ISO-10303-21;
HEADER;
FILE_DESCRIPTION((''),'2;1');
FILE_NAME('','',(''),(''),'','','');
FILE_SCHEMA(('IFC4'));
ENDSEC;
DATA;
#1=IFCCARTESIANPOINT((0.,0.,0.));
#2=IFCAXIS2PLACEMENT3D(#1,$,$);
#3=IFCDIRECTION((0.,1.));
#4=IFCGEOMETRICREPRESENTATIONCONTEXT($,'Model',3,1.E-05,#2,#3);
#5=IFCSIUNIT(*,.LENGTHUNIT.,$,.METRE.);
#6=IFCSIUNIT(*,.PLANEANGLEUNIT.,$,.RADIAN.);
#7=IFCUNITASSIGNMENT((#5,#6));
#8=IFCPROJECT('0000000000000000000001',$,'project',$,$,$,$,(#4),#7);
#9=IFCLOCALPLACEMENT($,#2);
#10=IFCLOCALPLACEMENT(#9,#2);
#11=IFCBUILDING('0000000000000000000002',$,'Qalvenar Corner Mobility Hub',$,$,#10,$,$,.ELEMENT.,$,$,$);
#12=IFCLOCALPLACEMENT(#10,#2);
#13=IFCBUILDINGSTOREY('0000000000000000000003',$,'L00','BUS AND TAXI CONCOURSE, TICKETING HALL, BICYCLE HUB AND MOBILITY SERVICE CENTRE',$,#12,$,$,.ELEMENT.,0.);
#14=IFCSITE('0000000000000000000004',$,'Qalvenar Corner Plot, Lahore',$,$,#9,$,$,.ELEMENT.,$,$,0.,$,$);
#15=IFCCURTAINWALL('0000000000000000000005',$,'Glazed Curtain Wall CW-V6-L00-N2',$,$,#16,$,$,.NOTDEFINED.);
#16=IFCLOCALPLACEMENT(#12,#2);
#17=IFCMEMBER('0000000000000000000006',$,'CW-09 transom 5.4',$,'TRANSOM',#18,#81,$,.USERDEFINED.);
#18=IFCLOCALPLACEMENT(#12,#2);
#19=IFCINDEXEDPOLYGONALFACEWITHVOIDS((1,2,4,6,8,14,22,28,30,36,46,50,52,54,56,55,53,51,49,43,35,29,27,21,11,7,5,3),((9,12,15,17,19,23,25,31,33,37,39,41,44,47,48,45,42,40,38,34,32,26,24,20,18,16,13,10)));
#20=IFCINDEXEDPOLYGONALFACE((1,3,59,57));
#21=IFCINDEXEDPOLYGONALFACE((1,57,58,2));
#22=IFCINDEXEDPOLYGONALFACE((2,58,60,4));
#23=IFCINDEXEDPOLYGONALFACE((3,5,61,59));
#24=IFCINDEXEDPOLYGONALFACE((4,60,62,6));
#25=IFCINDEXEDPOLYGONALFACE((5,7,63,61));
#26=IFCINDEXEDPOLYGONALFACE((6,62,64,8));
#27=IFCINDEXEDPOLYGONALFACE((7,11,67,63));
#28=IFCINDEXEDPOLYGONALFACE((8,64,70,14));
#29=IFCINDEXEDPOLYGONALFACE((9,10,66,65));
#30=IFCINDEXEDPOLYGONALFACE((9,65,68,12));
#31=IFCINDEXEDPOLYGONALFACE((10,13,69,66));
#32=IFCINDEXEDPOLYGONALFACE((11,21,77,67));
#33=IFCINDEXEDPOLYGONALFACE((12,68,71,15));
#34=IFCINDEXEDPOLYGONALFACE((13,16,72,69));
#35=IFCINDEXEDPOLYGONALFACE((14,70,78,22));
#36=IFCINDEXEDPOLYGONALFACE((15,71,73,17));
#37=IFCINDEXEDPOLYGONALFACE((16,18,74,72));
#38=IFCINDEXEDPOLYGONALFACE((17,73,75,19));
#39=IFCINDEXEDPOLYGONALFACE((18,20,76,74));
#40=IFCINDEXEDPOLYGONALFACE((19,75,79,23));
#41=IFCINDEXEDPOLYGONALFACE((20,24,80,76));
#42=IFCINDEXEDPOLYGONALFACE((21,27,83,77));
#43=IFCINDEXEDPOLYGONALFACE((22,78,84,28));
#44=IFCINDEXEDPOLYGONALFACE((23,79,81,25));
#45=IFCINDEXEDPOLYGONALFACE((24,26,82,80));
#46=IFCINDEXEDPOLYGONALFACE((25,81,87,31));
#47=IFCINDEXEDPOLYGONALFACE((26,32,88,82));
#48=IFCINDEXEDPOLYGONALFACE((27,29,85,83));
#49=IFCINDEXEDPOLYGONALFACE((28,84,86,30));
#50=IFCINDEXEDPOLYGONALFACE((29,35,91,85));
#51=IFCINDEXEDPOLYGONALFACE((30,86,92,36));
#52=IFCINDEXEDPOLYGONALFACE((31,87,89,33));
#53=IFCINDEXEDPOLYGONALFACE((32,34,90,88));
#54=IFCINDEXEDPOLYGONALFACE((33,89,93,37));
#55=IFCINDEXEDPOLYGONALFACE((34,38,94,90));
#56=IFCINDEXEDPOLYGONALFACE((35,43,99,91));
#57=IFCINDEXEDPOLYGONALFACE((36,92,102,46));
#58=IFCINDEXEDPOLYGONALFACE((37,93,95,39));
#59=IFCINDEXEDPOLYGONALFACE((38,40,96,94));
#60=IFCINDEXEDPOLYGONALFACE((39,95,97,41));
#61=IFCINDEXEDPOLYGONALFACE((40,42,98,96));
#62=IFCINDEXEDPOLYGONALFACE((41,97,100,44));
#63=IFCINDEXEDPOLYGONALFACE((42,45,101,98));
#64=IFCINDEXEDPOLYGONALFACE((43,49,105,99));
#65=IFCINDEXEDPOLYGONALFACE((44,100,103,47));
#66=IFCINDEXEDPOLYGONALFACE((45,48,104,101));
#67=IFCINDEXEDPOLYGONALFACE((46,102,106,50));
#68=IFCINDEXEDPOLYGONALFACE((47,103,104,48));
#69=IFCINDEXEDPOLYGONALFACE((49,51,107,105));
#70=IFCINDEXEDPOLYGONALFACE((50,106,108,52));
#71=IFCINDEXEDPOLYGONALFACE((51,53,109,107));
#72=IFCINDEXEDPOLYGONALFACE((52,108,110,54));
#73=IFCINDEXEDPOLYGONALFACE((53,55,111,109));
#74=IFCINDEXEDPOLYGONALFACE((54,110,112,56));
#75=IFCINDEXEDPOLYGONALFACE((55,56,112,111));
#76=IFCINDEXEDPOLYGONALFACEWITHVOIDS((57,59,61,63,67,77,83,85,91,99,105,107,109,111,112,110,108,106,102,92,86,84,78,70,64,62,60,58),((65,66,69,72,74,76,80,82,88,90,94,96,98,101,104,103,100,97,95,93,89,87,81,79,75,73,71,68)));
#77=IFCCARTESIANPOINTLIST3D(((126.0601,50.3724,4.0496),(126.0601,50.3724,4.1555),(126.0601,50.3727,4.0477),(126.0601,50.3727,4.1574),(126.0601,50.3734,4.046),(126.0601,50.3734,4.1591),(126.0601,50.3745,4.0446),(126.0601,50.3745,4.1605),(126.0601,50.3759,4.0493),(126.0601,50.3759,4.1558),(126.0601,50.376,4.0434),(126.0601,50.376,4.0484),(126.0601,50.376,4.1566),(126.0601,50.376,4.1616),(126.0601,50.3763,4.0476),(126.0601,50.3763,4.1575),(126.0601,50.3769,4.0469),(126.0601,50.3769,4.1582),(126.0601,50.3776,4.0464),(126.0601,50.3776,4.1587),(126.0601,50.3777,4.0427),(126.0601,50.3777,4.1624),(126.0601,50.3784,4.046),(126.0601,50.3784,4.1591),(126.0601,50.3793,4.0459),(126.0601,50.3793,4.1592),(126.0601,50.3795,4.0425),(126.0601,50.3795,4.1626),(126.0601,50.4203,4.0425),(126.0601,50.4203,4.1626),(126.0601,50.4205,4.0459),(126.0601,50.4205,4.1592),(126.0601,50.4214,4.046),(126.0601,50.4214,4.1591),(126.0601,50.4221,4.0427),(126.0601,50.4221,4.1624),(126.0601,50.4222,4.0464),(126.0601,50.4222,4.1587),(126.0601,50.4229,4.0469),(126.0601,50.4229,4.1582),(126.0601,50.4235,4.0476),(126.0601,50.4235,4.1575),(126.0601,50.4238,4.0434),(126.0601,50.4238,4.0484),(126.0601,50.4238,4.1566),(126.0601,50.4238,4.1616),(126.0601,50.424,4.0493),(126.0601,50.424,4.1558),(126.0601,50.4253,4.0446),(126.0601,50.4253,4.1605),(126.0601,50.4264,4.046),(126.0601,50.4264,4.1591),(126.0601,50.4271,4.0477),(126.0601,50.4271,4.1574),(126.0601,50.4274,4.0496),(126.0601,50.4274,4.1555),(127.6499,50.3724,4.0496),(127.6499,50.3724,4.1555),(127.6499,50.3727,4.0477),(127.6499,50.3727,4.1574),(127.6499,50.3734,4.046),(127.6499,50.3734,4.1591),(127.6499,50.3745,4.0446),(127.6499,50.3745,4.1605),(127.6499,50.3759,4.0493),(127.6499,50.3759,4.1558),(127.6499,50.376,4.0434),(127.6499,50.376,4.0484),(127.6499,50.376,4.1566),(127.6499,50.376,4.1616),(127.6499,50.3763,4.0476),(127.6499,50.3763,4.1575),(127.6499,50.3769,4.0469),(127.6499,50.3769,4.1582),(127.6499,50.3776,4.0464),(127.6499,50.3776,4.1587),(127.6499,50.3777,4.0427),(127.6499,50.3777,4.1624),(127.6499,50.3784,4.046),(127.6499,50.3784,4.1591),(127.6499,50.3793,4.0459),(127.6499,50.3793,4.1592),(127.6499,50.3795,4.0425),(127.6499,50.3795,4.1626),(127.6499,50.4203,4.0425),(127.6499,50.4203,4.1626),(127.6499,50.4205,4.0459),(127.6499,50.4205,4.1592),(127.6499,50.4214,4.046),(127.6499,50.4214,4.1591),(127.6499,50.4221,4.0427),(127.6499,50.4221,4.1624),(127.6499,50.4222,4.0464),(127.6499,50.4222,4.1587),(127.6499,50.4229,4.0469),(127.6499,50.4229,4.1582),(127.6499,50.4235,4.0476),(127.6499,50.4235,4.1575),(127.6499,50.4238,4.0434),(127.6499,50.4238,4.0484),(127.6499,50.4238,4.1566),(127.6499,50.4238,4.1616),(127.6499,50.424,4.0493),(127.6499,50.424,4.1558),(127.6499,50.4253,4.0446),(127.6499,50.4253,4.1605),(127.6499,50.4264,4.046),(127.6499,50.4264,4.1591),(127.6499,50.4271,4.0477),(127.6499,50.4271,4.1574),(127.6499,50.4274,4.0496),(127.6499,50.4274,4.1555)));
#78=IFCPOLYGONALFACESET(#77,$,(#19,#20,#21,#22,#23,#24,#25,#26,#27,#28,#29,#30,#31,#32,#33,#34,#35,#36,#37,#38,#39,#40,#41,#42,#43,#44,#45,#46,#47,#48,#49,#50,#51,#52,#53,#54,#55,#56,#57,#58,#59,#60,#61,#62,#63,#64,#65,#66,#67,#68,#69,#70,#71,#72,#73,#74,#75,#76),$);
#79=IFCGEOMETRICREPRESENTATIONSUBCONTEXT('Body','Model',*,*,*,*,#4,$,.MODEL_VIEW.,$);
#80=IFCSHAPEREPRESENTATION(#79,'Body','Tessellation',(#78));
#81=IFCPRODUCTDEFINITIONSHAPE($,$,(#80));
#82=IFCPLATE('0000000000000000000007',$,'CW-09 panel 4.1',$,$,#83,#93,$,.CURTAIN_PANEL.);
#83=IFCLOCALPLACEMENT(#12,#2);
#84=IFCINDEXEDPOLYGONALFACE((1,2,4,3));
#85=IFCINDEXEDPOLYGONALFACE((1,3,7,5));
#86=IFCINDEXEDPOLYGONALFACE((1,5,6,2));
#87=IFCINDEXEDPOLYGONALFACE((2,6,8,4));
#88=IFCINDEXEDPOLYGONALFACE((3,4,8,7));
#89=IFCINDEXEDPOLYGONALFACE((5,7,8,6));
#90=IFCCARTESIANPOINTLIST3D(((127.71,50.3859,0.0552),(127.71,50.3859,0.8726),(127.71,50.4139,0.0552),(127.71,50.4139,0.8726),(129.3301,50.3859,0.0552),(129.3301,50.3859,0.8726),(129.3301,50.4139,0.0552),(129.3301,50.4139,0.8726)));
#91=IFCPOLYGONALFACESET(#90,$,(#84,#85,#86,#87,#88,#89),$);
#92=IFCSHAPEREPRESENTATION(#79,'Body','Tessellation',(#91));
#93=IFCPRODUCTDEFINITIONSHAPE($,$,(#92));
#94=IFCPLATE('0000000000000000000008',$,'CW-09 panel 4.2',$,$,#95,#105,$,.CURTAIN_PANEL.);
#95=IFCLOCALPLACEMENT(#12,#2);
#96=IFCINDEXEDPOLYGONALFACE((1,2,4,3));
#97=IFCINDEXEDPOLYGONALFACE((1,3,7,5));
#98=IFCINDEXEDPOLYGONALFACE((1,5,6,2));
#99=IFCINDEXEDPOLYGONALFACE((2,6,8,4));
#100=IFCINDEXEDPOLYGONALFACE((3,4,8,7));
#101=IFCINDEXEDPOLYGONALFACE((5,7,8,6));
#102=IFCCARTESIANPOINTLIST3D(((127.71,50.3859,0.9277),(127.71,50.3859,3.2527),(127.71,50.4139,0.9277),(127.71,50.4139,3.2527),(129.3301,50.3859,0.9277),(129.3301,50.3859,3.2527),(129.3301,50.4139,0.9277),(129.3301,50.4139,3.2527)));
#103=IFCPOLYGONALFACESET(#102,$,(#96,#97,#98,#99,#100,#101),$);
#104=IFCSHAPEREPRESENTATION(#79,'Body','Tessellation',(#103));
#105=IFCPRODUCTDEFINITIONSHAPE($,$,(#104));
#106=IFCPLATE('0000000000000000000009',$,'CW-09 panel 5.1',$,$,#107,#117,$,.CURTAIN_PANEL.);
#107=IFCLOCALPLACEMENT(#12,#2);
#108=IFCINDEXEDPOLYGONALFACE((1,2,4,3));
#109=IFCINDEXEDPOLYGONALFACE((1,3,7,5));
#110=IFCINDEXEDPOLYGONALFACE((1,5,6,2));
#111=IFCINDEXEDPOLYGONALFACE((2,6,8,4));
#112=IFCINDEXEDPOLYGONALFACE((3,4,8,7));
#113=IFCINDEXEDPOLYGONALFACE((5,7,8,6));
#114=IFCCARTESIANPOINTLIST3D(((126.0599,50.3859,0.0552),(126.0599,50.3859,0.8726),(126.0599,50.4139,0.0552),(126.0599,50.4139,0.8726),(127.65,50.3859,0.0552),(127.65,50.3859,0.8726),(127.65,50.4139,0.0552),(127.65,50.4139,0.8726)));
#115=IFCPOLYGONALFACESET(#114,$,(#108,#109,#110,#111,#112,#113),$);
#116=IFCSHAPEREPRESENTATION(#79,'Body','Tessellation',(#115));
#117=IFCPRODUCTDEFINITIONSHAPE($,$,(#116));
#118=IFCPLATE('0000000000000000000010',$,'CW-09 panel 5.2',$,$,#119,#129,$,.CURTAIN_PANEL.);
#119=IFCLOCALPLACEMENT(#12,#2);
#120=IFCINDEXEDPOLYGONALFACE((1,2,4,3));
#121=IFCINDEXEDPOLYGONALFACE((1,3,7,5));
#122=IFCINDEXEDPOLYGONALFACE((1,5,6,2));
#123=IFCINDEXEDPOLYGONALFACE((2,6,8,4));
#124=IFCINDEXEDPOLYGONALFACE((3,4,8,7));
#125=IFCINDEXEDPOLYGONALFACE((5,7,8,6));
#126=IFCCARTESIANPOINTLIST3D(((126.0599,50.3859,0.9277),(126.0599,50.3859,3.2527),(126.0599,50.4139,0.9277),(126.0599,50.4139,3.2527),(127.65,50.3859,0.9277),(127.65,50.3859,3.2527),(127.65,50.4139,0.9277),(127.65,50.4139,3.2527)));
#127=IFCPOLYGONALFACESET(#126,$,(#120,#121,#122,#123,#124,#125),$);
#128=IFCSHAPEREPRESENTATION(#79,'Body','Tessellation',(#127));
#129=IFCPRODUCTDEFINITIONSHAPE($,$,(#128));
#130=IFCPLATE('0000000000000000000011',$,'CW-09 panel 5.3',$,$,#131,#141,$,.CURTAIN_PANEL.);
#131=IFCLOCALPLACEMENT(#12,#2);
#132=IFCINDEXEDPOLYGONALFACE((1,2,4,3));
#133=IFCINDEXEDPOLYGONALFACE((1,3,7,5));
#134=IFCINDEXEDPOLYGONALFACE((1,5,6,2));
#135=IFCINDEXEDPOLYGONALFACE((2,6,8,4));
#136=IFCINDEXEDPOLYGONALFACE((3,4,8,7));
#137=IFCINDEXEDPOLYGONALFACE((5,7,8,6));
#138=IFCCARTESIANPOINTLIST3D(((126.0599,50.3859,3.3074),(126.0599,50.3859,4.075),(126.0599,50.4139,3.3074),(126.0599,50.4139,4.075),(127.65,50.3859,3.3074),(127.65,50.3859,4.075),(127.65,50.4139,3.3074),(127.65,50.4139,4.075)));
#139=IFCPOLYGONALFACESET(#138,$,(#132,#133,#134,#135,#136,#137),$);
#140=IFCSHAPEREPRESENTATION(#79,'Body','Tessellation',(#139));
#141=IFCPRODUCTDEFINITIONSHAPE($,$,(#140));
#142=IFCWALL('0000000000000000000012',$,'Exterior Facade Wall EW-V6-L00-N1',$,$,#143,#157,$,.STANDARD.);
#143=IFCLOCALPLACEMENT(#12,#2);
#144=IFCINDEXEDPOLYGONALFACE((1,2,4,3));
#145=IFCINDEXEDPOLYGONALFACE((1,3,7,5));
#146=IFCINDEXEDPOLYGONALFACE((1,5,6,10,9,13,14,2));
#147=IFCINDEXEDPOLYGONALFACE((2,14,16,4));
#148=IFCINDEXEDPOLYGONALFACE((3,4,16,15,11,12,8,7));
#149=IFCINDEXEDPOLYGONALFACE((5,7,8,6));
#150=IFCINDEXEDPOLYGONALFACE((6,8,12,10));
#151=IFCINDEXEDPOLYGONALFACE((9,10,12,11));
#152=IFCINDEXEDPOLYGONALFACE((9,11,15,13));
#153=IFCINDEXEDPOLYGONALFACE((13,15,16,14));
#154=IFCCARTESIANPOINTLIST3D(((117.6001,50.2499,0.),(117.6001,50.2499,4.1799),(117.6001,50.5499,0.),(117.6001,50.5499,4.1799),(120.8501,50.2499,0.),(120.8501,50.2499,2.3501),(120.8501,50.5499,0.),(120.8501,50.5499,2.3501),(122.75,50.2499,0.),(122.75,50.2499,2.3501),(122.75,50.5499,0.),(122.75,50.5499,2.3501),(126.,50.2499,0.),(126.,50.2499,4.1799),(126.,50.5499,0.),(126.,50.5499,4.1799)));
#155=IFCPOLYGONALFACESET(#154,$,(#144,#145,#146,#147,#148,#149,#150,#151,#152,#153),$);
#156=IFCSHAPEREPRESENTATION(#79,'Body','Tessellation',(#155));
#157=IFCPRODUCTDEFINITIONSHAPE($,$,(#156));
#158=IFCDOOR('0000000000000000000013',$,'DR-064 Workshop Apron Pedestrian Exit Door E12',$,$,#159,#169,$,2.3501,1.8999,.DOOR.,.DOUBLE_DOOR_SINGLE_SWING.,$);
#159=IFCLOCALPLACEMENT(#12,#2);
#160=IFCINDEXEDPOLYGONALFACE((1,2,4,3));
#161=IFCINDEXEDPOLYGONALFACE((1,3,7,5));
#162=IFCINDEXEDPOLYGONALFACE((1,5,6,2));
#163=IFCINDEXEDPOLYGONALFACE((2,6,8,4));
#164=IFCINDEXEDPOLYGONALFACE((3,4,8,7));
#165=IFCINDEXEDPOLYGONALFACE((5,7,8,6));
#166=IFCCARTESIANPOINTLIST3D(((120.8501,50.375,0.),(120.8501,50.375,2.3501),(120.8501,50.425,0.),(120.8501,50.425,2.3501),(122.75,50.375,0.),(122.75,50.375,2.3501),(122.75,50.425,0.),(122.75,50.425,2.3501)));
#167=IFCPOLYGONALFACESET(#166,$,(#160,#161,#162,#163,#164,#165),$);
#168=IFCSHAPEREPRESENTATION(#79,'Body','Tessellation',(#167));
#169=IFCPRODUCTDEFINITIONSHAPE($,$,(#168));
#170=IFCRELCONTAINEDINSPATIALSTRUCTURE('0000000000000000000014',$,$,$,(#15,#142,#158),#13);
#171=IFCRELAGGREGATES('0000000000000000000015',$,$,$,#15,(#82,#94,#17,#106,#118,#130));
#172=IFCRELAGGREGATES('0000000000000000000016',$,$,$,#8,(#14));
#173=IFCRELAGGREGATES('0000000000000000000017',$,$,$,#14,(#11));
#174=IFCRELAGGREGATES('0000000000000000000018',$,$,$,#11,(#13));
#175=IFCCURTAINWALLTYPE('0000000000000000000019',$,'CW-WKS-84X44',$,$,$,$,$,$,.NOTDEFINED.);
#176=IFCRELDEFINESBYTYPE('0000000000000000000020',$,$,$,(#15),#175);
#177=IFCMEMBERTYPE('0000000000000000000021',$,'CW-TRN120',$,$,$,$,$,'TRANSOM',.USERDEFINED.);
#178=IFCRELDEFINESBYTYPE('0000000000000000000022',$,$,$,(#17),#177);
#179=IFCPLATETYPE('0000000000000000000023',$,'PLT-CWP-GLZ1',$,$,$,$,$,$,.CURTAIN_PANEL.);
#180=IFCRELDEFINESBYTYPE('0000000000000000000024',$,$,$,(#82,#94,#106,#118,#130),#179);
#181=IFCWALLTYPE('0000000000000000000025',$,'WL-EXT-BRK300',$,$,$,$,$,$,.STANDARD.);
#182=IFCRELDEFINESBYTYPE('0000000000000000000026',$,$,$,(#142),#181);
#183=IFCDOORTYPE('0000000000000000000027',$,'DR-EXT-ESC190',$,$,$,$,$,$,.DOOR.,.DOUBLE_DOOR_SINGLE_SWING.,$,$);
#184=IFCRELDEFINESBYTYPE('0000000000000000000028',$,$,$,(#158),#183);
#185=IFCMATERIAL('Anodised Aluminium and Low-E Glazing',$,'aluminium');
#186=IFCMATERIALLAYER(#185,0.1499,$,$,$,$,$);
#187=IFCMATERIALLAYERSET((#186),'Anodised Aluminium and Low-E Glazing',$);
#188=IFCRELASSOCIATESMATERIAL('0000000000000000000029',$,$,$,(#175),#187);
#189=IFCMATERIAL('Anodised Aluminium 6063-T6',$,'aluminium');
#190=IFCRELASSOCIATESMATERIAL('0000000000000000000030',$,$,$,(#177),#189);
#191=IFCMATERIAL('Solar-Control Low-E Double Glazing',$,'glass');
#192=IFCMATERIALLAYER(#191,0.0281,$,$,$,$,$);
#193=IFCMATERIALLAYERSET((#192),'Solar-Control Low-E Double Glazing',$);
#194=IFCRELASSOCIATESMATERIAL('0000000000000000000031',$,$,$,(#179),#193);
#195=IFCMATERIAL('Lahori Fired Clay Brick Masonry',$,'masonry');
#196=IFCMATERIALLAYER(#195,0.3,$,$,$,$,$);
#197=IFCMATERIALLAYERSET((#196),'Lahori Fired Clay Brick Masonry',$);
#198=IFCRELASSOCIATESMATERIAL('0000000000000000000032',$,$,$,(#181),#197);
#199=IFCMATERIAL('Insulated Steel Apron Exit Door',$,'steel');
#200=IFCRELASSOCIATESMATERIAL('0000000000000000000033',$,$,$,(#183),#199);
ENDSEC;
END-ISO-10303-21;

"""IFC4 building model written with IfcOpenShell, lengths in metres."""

from ifc_helpers import new_model, si_unit, direction, frame, frame_2d, origin, origin_2d, place, context, subcontext, project, spatial, rectangle, hollow_rectangle, extrude, material, layer, layer_set, material_profile, profile_set, type_object, element, fill, aggregate, save


model = new_model("IFC4")

# Units and contexts
model_context = context("Model", 3, precision=1e-05, world=origin(), true_north=direction((0.0, 1.0)))
body_context = subcontext(model_context, "Body", "Model", "MODEL_VIEW")
ifc_project = project(units=[si_unit("LENGTHUNIT", "METRE"), si_unit("PLANEANGLEUNIT", "RADIAN")], contexts=[model_context])

# Site, building, storey
site_placement = place(None, origin())
site = spatial("IfcSite", under=ifc_project, at=site_placement, Name="Qalvenar Corner Plot, Lahore", CompositionType="ELEMENT", RefElevation=0.0)
building_placement = place(site_placement, origin())
building = spatial("IfcBuilding", under=site, at=building_placement, Name="Qalvenar Corner Mobility Hub", CompositionType="ELEMENT")
storey_placement = place(building_placement, origin())
storey = spatial("IfcBuildingStorey", under=building, at=storey_placement, Name="L00", Description="BUS AND TAXI CONCOURSE, TICKETING HALL, BICYCLE HUB AND MOBILITY SERVICE CENTRE", CompositionType="ELEMENT", Elevation=0.0)

# Curtain wall, member, plates
ifc_material_1 = material(Name="Anodised Aluminium and Low-E Glazing", Category="aluminium")
ifc_layer_1 = layer(ifc_material_1, 0.1499)
ifc_layer_set_1 = layer_set([ifc_layer_1], Name="Anodised Aluminium and Low-E Glazing")
curtain_wall_type = type_object("IfcCurtainWallType", Name="CW-WKS-84X44", PredefinedType="NOTDEFINED", material=ifc_layer_set_1)
curtain_wall_placement = place(storey_placement, origin())
curtain_wall = element("IfcCurtainWall", 1, at=curtain_wall_placement, inside=storey, type_object=curtain_wall_type, Name="Glazed Curtain Wall CW-V6-L00-N2", PredefinedType="NOTDEFINED")
ifc_material_2 = material(Name="Anodised Aluminium 6063-T6", Category="aluminium")
ifc_material_profile_1 = material_profile(ifc_material_2, hollow_rectangle(XDim=0.0549, YDim=0.1201, WallThickness=0.0034, InnerFilletRadius=0.0034, OuterFilletRadius=0.0071, at=origin_2d()), Name="RHS120x55x3.5")
ifc_profile_set_1 = profile_set([ifc_material_profile_1], Name="Anodised Aluminium 6063-T6")
member_type_1 = type_object("IfcMemberType", Name="CW-TRN120", ElementType="TRANSOM", PredefinedType="USERDEFINED", material=ifc_profile_set_1)
member_1_placement = place(storey_placement, frame((127.6499, 50.3999, 4.1025), z_axis=(-1.0, 0.0, 0.0), x_axis=(0.0, -1.0, 0.0)))
member_1 = element("IfcMember", 2, at=member_1_placement, type_object=member_type_1, Name="CW-09 transom 5.4", ObjectType="TRANSOM", PredefinedType="USERDEFINED", context=body_context, shape_type="SweptSolid", body=[
    extrude(hollow_rectangle(XDim=0.0549, YDim=0.1201, WallThickness=0.0034, InnerFilletRadius=0.0034, OuterFilletRadius=0.0071, at=origin_2d()), origin(), (0.0, 0.0, 1.0), 1.5898),
])
ifc_material_3 = material(Name="Solar-Control Low-E Double Glazing", Category="glass")
ifc_layer_2 = layer(ifc_material_3, 0.0281)
ifc_layer_set_2 = layer_set([ifc_layer_2], Name="Solar-Control Low-E Double Glazing")
plate_type = type_object("IfcPlateType", Name="PLT-CWP-GLZ1", PredefinedType="CURTAIN_PANEL", material=ifc_layer_set_2)
plate_1_placement = place(storey_placement, frame((128.52, 50.3999, 0.0552), z_axis=(0.0, 0.0, 1.0), x_axis=(-1.0, 0.0, 0.0)))
plate_1 = element("IfcPlate", 3, at=plate_1_placement, type_object=plate_type, Name="CW-09 panel 4.1", PredefinedType="CURTAIN_PANEL", context=body_context, shape_type="SweptSolid", body=[
    extrude(rectangle(XDim=1.6201, YDim=0.0281, at=origin_2d()), origin(), (0.0, 0.0, 1.0), 0.8174),
])
plate_2_placement = place(storey_placement, frame((128.52, 50.3999, 0.9277), z_axis=(0.0, 0.0, 1.0), x_axis=(-1.0, 0.0, 0.0)))
plate_2 = element("IfcPlate", 4, at=plate_2_placement, type_object=plate_type, Name="CW-09 panel 4.2", PredefinedType="CURTAIN_PANEL", context=body_context, shape_type="SweptSolid", body=[
    extrude(rectangle(XDim=1.6201, YDim=0.0281, at=origin_2d()), origin(), (0.0, 0.0, 1.0), 2.325),
])
plate_3_placement = place(storey_placement, frame((126.855, 50.3999, 0.0552), z_axis=(0.0, 0.0, 1.0), x_axis=(-1.0, 0.0, 0.0)))
plate_3 = element("IfcPlate", 5, at=plate_3_placement, type_object=plate_type, Name="CW-09 panel 5.1", PredefinedType="CURTAIN_PANEL", context=body_context, shape_type="SweptSolid", body=[
    extrude(rectangle(XDim=1.5901, YDim=0.0281, at=origin_2d()), origin(), (0.0, 0.0, 1.0), 0.8174),
])
plate_4_placement = place(storey_placement, frame((126.855, 50.3999, 0.9277), z_axis=(0.0, 0.0, 1.0), x_axis=(-1.0, 0.0, 0.0)))
plate_4 = element("IfcPlate", 6, at=plate_4_placement, type_object=plate_type, Name="CW-09 panel 5.2", PredefinedType="CURTAIN_PANEL", context=body_context, shape_type="SweptSolid", body=[
    extrude(rectangle(XDim=1.5901, YDim=0.0281, at=origin_2d()), origin(), (0.0, 0.0, 1.0), 2.325),
])
plate_5_placement = place(storey_placement, frame((126.855, 50.3999, 3.3074), z_axis=(0.0, 0.0, 1.0), x_axis=(-1.0, 0.0, 0.0)))
plate_5 = element("IfcPlate", 7, at=plate_5_placement, type_object=plate_type, Name="CW-09 panel 5.3", PredefinedType="CURTAIN_PANEL", context=body_context, shape_type="SweptSolid", body=[
    extrude(rectangle(XDim=1.5901, YDim=0.0281, at=origin_2d()), origin(), (0.0, 0.0, 1.0), 0.7676),
])
aggregate(curtain_wall, [plate_1, plate_2, member_1, plate_3, plate_4, plate_5])

# Wall, opening, door
ifc_material_4 = material(Name="Lahori Fired Clay Brick Masonry", Category="masonry")
ifc_layer_3 = layer(ifc_material_4, 0.3)
ifc_layer_set_3 = layer_set([ifc_layer_3], Name="Lahori Fired Clay Brick Masonry")
wall_type = type_object("IfcWallType", Name="WL-EXT-BRK300", PredefinedType="STANDARD", material=ifc_layer_set_3)
wall_placement = place(storey_placement, frame((126.0, 50.3999, 0.0), z_axis=(0.0, 0.0, 1.0), x_axis=(-1.0, 0.0, 0.0)))
wall = element("IfcWall", 8, at=wall_placement, inside=storey, type_object=wall_type, Name="Exterior Facade Wall EW-V6-L00-N1", PredefinedType="STANDARD", context=body_context, shape_type="SweptSolid", body=[
    extrude(rectangle(XDim=8.3999, YDim=0.3, at=frame_2d((4.2, 0.0))), origin(), (0.0, 0.0, 1.0), 4.1799),
])
opening_placement = place(wall_placement, frame((3.25, 0.0, 0.0)))
opening = element("IfcOpeningElement", 9, at=opening_placement, cuts=wall, PredefinedType="OPENING", context=body_context, shape_type="SweptSolid", body=[
    extrude(rectangle(XDim=1.8999, YDim=2.3501, at=frame_2d((0.95, 1.175))), frame((0.0, 0.1602, 0.0), z_axis=(0.0, -1.0, 0.0), x_axis=(1.0, 0.0, 0.0)), (0.0, 0.0, 1.0), 0.3201),
])
ifc_material_5 = material(Name="Insulated Steel Apron Exit Door", Category="steel")
door_type = type_object("IfcDoorType", Name="DR-EXT-ESC190", OperationType="DOUBLE_DOOR_SINGLE_SWING", PredefinedType="DOOR", material=ifc_material_5)
door_placement = place(opening_placement, origin())
door = element("IfcDoor", 10, at=door_placement, inside=storey, type_object=door_type, Name="DR-064 Workshop Apron Pedestrian Exit Door E12", OperationType="DOUBLE_DOOR_SINGLE_SWING", OverallHeight=2.3501, OverallWidth=1.8999, PredefinedType="DOOR", context=body_context, shape_type="SweptSolid", body=[
    extrude(rectangle(XDim=1.8999, YDim=2.3501, at=frame_2d((0.95, 1.175))), frame((0.0, 0.0249, 0.0), z_axis=(0.0, -1.0, 0.0), x_axis=(1.0, 0.0, 0.0)), (0.0, 0.0, 1.0), 0.05),
])
fill(opening, door)

save(model, "model.ifc")
